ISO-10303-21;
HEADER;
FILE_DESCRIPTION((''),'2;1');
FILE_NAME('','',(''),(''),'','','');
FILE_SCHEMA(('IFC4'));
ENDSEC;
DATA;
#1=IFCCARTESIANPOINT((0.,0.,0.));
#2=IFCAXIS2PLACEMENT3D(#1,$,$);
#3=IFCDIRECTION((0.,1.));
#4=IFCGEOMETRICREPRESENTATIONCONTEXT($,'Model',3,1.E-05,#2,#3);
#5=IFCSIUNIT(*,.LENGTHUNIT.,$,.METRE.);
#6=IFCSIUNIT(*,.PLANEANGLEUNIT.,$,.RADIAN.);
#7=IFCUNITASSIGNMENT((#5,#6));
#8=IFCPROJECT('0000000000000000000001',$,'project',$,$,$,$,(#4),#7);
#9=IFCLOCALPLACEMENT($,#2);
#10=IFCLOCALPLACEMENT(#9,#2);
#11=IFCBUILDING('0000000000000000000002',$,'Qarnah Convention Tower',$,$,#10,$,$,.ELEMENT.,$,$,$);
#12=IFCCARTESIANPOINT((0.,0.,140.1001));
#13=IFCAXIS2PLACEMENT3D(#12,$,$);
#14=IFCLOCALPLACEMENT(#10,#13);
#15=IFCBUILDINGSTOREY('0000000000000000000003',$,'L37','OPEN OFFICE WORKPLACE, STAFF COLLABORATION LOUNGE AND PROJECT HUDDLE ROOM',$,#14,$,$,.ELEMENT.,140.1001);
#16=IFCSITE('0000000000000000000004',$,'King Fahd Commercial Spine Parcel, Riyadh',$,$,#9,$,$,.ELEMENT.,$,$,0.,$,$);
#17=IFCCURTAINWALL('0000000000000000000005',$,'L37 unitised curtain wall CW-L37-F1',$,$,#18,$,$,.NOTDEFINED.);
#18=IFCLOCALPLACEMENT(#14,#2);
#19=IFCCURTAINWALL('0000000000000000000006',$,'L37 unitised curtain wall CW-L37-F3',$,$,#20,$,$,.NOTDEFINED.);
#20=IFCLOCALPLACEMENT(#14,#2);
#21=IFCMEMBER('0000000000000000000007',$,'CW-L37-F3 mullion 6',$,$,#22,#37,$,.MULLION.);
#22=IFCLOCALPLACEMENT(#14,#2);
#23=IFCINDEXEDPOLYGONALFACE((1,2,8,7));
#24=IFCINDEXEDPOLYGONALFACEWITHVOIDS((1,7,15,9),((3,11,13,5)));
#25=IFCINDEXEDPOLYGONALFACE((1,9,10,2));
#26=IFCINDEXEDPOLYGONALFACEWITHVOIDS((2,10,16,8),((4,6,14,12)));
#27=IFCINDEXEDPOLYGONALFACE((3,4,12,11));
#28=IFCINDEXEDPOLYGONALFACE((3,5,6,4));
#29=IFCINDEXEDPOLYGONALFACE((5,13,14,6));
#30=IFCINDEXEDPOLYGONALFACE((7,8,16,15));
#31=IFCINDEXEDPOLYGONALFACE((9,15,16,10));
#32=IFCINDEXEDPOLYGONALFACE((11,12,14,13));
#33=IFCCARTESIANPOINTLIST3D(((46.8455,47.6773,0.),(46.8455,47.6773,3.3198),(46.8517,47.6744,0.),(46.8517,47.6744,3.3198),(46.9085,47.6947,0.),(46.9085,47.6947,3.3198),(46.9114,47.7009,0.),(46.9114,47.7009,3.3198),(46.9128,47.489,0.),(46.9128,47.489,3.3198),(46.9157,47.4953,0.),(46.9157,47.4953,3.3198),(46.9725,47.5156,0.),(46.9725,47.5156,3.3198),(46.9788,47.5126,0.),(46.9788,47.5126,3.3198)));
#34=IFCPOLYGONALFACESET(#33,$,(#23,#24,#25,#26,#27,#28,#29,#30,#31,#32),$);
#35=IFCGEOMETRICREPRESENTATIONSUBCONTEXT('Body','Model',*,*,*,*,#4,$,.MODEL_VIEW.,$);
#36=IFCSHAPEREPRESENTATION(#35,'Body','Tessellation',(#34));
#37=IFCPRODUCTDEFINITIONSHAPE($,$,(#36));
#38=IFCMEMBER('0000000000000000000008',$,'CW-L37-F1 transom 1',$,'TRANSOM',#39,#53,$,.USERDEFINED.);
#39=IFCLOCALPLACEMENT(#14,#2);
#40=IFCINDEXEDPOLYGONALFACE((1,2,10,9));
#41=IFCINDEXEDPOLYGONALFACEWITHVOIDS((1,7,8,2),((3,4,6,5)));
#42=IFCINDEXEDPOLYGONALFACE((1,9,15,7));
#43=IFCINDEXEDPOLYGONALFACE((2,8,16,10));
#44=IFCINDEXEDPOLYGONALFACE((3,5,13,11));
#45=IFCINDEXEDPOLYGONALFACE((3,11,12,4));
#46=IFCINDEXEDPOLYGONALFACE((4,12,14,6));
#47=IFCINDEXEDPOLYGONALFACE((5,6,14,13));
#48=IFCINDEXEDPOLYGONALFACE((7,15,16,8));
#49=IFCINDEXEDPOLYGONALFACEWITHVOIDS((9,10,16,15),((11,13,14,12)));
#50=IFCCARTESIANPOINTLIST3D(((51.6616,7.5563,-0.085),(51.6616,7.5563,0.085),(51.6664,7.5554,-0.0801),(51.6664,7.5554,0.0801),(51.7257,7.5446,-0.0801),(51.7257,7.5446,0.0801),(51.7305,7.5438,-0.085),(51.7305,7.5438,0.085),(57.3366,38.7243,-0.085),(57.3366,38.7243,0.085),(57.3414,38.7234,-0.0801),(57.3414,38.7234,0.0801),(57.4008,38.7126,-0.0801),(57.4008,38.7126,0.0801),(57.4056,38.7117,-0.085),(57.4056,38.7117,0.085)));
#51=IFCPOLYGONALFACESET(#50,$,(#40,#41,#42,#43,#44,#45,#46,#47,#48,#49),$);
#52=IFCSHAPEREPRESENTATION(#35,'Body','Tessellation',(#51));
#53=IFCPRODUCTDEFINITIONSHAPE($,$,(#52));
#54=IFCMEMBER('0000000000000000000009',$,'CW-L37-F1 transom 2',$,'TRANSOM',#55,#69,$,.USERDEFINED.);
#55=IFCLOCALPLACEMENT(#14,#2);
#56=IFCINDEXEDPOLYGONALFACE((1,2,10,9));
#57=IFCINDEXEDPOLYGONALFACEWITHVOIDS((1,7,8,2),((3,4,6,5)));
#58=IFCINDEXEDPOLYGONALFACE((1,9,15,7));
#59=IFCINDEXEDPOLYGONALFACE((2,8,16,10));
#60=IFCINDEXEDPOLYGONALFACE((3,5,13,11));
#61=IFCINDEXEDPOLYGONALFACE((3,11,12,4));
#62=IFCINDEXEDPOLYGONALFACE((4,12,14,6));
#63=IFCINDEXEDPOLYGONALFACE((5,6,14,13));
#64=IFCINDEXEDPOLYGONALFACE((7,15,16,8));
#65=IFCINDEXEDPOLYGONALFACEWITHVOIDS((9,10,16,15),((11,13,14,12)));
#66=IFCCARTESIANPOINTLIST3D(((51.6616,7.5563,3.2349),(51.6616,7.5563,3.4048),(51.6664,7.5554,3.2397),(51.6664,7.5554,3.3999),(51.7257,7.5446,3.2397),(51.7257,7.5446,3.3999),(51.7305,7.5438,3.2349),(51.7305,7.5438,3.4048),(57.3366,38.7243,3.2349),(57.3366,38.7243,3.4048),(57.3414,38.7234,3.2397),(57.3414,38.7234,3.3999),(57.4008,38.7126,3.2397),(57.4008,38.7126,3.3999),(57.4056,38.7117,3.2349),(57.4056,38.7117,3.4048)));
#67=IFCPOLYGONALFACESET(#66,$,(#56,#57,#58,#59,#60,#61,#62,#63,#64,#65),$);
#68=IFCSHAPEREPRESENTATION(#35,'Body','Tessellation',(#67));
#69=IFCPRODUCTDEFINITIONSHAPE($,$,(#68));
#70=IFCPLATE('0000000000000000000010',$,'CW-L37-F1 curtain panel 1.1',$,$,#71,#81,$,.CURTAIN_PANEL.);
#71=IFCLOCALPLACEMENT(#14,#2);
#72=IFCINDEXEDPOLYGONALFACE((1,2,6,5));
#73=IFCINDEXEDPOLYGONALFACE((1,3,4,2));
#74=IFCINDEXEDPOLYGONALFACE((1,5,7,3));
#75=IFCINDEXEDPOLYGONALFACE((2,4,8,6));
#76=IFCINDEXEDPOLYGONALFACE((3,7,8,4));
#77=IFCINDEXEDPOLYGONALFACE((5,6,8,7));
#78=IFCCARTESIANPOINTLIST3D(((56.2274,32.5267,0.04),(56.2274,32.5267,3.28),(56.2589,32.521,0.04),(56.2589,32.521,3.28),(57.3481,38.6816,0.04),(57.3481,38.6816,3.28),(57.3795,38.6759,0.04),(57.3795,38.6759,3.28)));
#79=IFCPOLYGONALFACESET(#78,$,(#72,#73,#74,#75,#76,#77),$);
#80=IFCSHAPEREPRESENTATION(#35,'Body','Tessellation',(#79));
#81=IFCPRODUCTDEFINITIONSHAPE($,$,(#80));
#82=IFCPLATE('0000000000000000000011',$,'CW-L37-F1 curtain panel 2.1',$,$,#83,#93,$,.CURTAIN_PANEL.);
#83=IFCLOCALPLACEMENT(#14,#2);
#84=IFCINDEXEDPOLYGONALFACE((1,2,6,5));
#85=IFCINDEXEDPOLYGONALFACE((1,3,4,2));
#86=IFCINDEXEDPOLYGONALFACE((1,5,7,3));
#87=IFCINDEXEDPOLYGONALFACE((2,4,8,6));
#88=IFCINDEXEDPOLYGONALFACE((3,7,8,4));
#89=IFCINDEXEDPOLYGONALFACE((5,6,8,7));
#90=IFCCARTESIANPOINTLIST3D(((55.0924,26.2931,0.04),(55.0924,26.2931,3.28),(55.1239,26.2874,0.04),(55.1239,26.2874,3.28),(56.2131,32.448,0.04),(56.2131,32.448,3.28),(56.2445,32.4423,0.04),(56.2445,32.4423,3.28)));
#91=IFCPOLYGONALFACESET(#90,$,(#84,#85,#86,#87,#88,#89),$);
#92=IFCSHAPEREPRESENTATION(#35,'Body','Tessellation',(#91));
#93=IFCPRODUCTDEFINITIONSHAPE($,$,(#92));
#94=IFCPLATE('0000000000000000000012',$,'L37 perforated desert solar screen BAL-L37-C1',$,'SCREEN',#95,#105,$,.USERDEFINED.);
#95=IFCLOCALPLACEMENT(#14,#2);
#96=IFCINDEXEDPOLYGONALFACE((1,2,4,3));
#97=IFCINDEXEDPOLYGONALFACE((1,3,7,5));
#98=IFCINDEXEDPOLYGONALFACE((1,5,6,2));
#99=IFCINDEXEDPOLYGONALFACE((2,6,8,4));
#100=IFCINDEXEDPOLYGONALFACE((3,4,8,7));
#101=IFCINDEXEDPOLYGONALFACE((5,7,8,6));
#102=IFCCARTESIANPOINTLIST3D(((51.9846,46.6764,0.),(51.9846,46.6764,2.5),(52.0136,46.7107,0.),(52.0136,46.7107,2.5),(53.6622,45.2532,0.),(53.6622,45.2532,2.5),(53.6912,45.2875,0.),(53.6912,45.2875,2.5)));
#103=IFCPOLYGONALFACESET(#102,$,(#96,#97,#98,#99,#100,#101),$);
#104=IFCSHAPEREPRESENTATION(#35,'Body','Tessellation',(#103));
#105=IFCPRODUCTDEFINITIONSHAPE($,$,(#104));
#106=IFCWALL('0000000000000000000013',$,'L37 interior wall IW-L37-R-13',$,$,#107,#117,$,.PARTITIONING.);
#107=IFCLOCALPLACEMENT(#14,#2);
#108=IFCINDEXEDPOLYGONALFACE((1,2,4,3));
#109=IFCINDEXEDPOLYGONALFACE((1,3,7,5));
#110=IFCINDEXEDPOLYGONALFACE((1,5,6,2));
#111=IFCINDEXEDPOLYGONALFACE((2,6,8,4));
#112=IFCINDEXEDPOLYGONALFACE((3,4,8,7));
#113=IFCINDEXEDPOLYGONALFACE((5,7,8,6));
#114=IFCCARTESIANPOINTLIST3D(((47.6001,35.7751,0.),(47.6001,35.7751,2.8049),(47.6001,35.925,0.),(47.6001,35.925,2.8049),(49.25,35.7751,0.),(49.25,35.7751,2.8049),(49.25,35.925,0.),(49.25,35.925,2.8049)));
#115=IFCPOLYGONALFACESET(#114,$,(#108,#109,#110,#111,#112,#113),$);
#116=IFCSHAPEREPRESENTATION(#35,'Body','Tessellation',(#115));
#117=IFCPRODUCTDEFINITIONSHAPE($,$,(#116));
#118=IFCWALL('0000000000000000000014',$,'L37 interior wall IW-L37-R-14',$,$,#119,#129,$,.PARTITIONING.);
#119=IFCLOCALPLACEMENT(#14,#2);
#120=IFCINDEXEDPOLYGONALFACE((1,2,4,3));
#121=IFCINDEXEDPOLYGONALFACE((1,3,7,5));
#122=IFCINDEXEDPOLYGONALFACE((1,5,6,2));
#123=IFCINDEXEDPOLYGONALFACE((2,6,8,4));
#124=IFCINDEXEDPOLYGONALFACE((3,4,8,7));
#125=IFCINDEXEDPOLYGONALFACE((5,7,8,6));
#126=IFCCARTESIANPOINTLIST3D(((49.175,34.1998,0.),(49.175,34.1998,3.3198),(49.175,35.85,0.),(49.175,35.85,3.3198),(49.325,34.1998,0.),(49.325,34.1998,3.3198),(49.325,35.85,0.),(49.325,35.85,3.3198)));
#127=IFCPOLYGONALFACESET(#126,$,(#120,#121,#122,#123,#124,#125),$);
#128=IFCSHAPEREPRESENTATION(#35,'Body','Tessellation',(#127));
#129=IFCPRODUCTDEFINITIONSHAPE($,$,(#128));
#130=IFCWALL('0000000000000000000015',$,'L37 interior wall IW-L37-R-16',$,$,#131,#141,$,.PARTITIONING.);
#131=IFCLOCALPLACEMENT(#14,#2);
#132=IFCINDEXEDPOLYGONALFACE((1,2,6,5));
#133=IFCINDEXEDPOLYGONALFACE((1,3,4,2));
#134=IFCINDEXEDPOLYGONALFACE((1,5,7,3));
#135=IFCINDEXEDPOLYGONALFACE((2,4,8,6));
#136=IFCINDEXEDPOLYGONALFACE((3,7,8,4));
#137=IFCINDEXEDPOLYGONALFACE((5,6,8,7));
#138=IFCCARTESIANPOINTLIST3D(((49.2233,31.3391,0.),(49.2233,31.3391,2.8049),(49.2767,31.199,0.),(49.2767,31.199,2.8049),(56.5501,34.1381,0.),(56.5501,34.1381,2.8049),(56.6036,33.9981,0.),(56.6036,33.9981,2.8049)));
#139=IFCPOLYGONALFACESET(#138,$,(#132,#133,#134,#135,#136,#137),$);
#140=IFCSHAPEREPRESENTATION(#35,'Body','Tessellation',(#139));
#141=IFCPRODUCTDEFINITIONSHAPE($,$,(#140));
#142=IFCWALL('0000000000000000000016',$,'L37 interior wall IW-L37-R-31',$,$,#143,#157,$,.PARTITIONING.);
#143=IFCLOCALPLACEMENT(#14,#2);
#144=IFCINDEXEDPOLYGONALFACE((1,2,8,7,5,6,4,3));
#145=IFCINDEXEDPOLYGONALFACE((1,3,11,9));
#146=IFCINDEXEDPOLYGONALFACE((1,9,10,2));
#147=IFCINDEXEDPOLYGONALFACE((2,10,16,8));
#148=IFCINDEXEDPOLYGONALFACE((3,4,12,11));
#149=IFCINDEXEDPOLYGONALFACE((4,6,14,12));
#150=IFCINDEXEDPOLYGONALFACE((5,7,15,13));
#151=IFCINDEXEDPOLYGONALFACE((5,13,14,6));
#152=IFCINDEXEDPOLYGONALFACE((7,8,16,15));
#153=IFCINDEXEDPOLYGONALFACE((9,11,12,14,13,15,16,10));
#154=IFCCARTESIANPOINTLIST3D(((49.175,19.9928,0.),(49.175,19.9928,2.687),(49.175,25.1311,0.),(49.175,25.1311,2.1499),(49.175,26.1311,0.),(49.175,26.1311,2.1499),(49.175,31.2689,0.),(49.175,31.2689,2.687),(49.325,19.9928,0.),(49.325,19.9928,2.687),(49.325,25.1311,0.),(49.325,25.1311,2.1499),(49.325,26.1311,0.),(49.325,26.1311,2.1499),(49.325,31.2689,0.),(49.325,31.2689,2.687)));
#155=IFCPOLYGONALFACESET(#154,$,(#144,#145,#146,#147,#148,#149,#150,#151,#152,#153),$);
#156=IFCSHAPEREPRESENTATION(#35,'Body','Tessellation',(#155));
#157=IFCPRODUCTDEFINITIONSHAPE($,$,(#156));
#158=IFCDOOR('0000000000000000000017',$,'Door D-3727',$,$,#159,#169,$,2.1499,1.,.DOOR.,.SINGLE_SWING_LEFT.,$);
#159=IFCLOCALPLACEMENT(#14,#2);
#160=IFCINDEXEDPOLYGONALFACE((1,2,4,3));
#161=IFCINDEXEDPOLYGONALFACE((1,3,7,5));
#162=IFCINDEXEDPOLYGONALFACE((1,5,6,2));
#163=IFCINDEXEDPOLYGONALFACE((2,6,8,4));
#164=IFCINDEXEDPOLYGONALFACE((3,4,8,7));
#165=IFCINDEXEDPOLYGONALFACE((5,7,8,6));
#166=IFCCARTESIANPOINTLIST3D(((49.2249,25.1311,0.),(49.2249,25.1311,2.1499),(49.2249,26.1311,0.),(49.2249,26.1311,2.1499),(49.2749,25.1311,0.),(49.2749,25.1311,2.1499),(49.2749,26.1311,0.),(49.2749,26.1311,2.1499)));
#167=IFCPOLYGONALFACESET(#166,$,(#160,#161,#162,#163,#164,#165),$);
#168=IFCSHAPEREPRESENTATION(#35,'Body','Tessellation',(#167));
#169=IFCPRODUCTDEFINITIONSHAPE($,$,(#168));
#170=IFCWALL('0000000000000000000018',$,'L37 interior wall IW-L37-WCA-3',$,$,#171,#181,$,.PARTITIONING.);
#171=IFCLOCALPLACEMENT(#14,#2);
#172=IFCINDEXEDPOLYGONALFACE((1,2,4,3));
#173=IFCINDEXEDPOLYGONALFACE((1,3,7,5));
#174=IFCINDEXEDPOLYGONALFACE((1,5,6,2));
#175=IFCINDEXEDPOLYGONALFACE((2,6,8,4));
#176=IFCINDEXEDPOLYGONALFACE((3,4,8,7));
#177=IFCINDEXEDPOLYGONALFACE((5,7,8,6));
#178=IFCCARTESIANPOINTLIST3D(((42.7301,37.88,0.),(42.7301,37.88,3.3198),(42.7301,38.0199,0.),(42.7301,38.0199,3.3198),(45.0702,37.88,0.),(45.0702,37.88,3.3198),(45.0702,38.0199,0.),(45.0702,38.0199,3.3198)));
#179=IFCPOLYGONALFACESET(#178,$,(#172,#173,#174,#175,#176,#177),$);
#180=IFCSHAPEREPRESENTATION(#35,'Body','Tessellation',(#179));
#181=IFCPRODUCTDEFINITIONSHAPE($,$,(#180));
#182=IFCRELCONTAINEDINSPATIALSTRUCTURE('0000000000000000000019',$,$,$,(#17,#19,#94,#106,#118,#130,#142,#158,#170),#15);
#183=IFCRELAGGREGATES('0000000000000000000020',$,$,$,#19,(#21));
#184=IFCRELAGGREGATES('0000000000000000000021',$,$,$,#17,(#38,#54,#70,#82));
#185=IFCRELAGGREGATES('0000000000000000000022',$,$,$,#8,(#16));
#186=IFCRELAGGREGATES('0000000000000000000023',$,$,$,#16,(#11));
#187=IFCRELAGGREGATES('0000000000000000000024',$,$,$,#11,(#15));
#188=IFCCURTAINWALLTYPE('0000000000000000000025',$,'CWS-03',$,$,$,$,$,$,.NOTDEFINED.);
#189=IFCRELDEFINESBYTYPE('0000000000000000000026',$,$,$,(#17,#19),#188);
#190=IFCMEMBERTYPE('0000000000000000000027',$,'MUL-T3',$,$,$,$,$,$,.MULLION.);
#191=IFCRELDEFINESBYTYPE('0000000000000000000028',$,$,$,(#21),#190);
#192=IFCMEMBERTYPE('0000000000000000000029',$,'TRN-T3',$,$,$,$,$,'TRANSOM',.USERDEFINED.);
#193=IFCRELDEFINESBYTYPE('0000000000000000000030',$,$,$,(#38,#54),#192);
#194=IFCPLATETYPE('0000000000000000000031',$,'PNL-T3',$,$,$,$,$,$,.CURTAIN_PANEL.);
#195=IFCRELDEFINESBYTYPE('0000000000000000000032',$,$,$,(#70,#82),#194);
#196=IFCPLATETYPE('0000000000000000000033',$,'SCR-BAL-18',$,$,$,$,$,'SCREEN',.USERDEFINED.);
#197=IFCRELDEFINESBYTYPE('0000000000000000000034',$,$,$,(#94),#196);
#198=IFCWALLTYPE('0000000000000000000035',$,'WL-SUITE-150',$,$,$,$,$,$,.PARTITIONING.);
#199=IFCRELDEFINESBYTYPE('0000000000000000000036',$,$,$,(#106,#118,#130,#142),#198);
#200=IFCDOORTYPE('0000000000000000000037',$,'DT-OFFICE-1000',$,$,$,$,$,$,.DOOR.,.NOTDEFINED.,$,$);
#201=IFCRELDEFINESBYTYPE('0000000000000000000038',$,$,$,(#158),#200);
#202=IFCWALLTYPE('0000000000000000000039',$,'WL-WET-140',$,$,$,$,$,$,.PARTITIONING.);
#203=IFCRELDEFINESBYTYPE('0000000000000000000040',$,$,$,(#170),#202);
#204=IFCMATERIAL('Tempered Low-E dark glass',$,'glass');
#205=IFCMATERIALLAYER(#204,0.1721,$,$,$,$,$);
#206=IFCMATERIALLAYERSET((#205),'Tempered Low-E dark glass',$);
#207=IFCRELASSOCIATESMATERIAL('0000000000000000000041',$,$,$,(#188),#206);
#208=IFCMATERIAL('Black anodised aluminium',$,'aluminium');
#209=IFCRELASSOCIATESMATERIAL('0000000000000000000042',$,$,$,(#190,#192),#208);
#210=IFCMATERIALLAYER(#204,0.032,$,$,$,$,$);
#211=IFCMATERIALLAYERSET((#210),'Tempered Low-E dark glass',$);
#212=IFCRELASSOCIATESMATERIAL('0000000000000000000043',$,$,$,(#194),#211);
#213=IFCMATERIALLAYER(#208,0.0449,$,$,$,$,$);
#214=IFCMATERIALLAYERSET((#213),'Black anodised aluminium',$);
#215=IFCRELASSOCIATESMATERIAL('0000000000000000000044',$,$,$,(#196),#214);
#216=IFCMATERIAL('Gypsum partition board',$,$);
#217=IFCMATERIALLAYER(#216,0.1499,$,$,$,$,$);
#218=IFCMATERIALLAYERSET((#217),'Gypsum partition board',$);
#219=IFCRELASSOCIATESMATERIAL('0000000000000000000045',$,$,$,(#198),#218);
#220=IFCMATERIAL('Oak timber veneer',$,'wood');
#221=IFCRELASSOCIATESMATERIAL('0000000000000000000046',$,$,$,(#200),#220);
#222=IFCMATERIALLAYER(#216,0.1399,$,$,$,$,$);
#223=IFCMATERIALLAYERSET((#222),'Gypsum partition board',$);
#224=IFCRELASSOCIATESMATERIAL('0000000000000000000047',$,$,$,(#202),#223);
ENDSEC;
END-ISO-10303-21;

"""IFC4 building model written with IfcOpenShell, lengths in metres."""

from ifc_helpers import new_model, si_unit, direction, frame, frame_2d, origin, origin_2d, place, context, subcontext, project, spatial, rectangle, hollow_rectangle, extrude, material, layer, layer_set, material_profile, profile_set, type_object, element, fill, aggregate, save


model = new_model("IFC4")

# Units and contexts
model_context = context("Model", 3, precision=1e-05, world=origin(), true_north=direction((0.0, 1.0)))
body_context = subcontext(model_context, "Body", "Model", "MODEL_VIEW")
ifc_project = project(units=[si_unit("LENGTHUNIT", "METRE"), si_unit("PLANEANGLEUNIT", "RADIAN")], contexts=[model_context])

# Site, building, storey
site_placement = place(None, origin())
site = spatial("IfcSite", under=ifc_project, at=site_placement, Name="King Fahd Commercial Spine Parcel, Riyadh", CompositionType="ELEMENT", RefElevation=0.0)
building_placement = place(site_placement, origin())
building = spatial("IfcBuilding", under=site, at=building_placement, Name="Qarnah Convention Tower", CompositionType="ELEMENT")
storey_placement = place(building_placement, frame((0.0, 0.0, 140.1001)))
storey = spatial("IfcBuildingStorey", under=building, at=storey_placement, Name="L37", Description="OPEN OFFICE WORKPLACE, STAFF COLLABORATION LOUNGE AND PROJECT HUDDLE ROOM", CompositionType="ELEMENT", Elevation=140.1001)

# Curtain wall
ifc_material_1 = material(Name="Tempered Low-E dark glass", Category="glass")
ifc_layer_1 = layer(ifc_material_1, 0.1721)
ifc_layer_set_1 = layer_set([ifc_layer_1], Name="Tempered Low-E dark glass")
curtain_wall_type = type_object("IfcCurtainWallType", Name="CWS-03", PredefinedType="NOTDEFINED", material=ifc_layer_set_1)
curtain_wall_1_placement = place(storey_placement, origin())
curtain_wall_1 = element("IfcCurtainWall", 1, at=curtain_wall_1_placement, inside=storey, type_object=curtain_wall_type, Name="L37 unitised curtain wall CW-L37-F1", PredefinedType="NOTDEFINED")
ifc_material_2 = material(Name="Black anodised aluminium", Category="aluminium")
ifc_material_profile_1 = material_profile(ifc_material_2, hollow_rectangle(XDim=0.0701, YDim=0.2, WallThickness=0.0049, at=origin_2d()), Name="MUL-70X200")
ifc_profile_set_1 = profile_set([ifc_material_profile_1], Name="Black anodised aluminium")
member_type_1 = type_object("IfcMemberType", Name="MUL-T3", PredefinedType="MULLION", material=ifc_profile_set_1)

# Curtain wall, member
curtain_wall_2_placement = place(storey_placement, origin())
curtain_wall_2 = element("IfcCurtainWall", 2, at=curtain_wall_2_placement, inside=storey, type_object=curtain_wall_type, Name="L37 unitised curtain wall CW-L37-F3", PredefinedType="NOTDEFINED")
member_1_placement = place(storey_placement, frame((46.9121, 47.595, 0.0), z_axis=(0.0, 0.0, 1.0), x_axis=(0.941578, 0.336796, 0.0)))
member_1 = element("IfcMember", 3, at=member_1_placement, type_object=member_type_1, Name="CW-L37-F3 mullion 6", PredefinedType="MULLION", context=body_context, shape_type="SweptSolid", body=[
    extrude(hollow_rectangle(XDim=0.0701, YDim=0.2, WallThickness=0.0049, at=origin_2d()), origin(), (0.0, 0.0, 1.0), 3.3198),
])
aggregate(curtain_wall_2, [member_1])

# Members
ifc_material_profile_2 = material_profile(ifc_material_2, hollow_rectangle(XDim=0.0701, YDim=0.1699, WallThickness=0.0049, at=origin_2d()), Name="TRN-70X170")
ifc_profile_set_2 = profile_set([ifc_material_profile_2], Name="Black anodised aluminium")
member_type_2 = type_object("IfcMemberType", Name="TRN-T3", ElementType="TRANSOM", PredefinedType="USERDEFINED", material=ifc_profile_set_2)
member_2_placement = place(storey_placement, frame((57.3711, 38.718, 0.0), z_axis=(-0.179134, -0.983825, 0.0), x_axis=(0.983825, -0.179134, 0.0)))
member_2 = element("IfcMember", 4, at=member_2_placement, type_object=member_type_2, Name="CW-L37-F1 transom 1", ObjectType="TRANSOM", PredefinedType="USERDEFINED", context=body_context, shape_type="SweptSolid", body=[
    extrude(hollow_rectangle(XDim=0.0701, YDim=0.1699, WallThickness=0.0049, at=origin_2d()), origin(), (0.0, 0.0, 1.0), 31.6804),
])
member_3_placement = place(storey_placement, frame((57.3711, 38.718, 3.3198), z_axis=(-0.179134, -0.983825, 0.0), x_axis=(0.983825, -0.179134, 0.0)))
member_3 = element("IfcMember", 5, at=member_3_placement, type_object=member_type_2, Name="CW-L37-F1 transom 2", ObjectType="TRANSOM", PredefinedType="USERDEFINED", context=body_context, shape_type="SweptSolid", body=[
    extrude(hollow_rectangle(XDim=0.0701, YDim=0.1699, WallThickness=0.0049, at=origin_2d()), origin(), (0.0, 0.0, 1.0), 31.6804),
])

# Plates
ifc_layer_2 = layer(ifc_material_1, 0.032)
ifc_layer_set_2 = layer_set([ifc_layer_2], Name="Tempered Low-E dark glass")
plate_type_1 = type_object("IfcPlateType", Name="PNL-T3", PredefinedType="CURTAIN_PANEL", material=ifc_layer_set_2)
plate_1_placement = place(storey_placement, frame((56.8035, 35.6013, 0.04), z_axis=(0.0, 0.0, 1.0), x_axis=(-0.179133, -0.983825, 0.0)))
plate_1 = element("IfcPlate", 6, at=plate_1_placement, type_object=plate_type_1, Name="CW-L37-F1 curtain panel 1.1", PredefinedType="CURTAIN_PANEL", context=body_context, shape_type="SweptSolid", body=[
    extrude(rectangle(XDim=6.2561, YDim=0.032, at=origin_2d()), origin(), (0.0, 0.0, 1.0), 3.24),
])
plate_2_placement = place(storey_placement, frame((55.6685, 29.3677, 0.04), z_axis=(0.0, 0.0, 1.0), x_axis=(-0.179133, -0.983825, 0.0)))
plate_2 = element("IfcPlate", 7, at=plate_2_placement, type_object=plate_type_1, Name="CW-L37-F1 curtain panel 2.1", PredefinedType="CURTAIN_PANEL", context=body_context, shape_type="SweptSolid", body=[
    extrude(rectangle(XDim=6.2561, YDim=0.032, at=origin_2d()), origin(), (0.0, 0.0, 1.0), 3.24),
])
aggregate(curtain_wall_1, [member_2, member_3, plate_1, plate_2])
ifc_layer_3 = layer(ifc_material_2, 0.0449)
ifc_layer_set_3 = layer_set([ifc_layer_3], Name="Black anodised aluminium")
plate_type_2 = type_object("IfcPlateType", Name="SCR-BAL-18", ElementType="SCREEN", PredefinedType="USERDEFINED", material=ifc_layer_set_3)
plate_3_placement = place(storey_placement, frame((52.8379, 45.9819, 0.0), z_axis=(0.0, 0.0, 1.0), x_axis=(0.762561, -0.646916, 0.0)))
element("IfcPlate", 8, at=plate_3_placement, inside=storey, type_object=plate_type_2, Name="L37 perforated desert solar screen BAL-L37-C1", ObjectType="SCREEN", PredefinedType="USERDEFINED", context=body_context, shape_type="SweptSolid", body=[
    extrude(rectangle(XDim=2.2, YDim=0.0449, at=origin_2d()), origin(), (0.0, 0.0, 1.0), 2.5),
])

# Walls
ifc_material_3 = material(Name="Gypsum partition board")
ifc_layer_4 = layer(ifc_material_3, 0.1499)
ifc_layer_set_4 = layer_set([ifc_layer_4], Name="Gypsum partition board")
wall_type_1 = type_object("IfcWallType", Name="WL-SUITE-150", PredefinedType="PARTITIONING", material=ifc_layer_set_4)
wall_1_placement = place(storey_placement, frame((47.6001, 35.8501, 0.0), z_axis=(0.0, 0.0, 1.0), x_axis=(1.0, 0.0, 0.0)))
element("IfcWall", 9, at=wall_1_placement, inside=storey, type_object=wall_type_1, Name="L37 interior wall IW-L37-R-13", PredefinedType="PARTITIONING", context=body_context, shape_type="SweptSolid", body=[
    extrude(rectangle(XDim=1.6499, YDim=0.1499, at=frame_2d((0.825, 0.0))), origin(), (0.0, 0.0, 1.0), 2.8049),
])
wall_2_placement = place(storey_placement, frame((49.25, 35.8501, 0.0), z_axis=(0.0, 0.0, 1.0), x_axis=(0.0, -1.0, 0.0)))
element("IfcWall", 10, at=wall_2_placement, inside=storey, type_object=wall_type_1, Name="L37 interior wall IW-L37-R-14", PredefinedType="PARTITIONING", context=body_context, shape_type="SweptSolid", body=[
    extrude(rectangle(XDim=1.6501, YDim=0.1499, at=frame_2d((0.8252, 0.0))), origin(), (0.0, 0.0, 1.0), 3.3198),
])

# Shared definitions
ifc_material_4 = material(Name="Oak timber veneer", Category="wood")
door_type_1 = type_object("IfcDoorType", Name="DT-OFFICE-1000", OperationType="NOTDEFINED", PredefinedType="DOOR", material=ifc_material_4)

# Wall
wall_3_placement = place(storey_placement, frame((49.25, 31.269, 0.0), z_axis=(0.0, 0.0, 1.0), x_axis=(0.934153, 0.356871, 0.0)))
element("IfcWall", 11, at=wall_3_placement, inside=storey, type_object=wall_type_1, Name="L37 interior wall IW-L37-R-16", PredefinedType="PARTITIONING", context=body_context, shape_type="SweptSolid", body=[
    extrude(rectangle(XDim=7.8433, YDim=0.1499, at=frame_2d((3.9216, 0.0))), origin(), (0.0, 0.0, 1.0), 2.8049),
])

# Wall, opening, door
wall_4_placement = place(storey_placement, frame((49.25, 31.269, 0.0), z_axis=(0.0, 0.0, 1.0), x_axis=(0.0, -1.0, 0.0)))
wall_4 = element("IfcWall", 12, at=wall_4_placement, inside=storey, type_object=wall_type_1, Name="L37 interior wall IW-L37-R-31", PredefinedType="PARTITIONING", context=body_context, shape_type="SweptSolid", body=[
    extrude(rectangle(XDim=11.2761, YDim=0.1499, at=frame_2d((5.6382, 0.0))), origin(), (0.0, 0.0, 1.0), 2.687),
])
opening_1_placement = place(wall_4_placement, frame((5.1379, 0.0, 0.0)))
opening_1 = element("IfcOpeningElement", 13, at=opening_1_placement, cuts=wall_4, PredefinedType="OPENING", context=body_context, shape_type="SweptSolid", body=[
    extrude(rectangle(XDim=1.0, YDim=2.1499, at=frame_2d((0.5, 1.075))), frame((0.0, 0.085, 0.0), z_axis=(0.0, -1.0, 0.0), x_axis=(1.0, 0.0, 0.0)), (0.0, 0.0, 1.0), 0.1699),
])
door_1_placement = place(opening_1_placement, origin())
door_1 = element("IfcDoor", 14, at=door_1_placement, inside=storey, type_object=door_type_1, Name="Door D-3727", OperationType="SINGLE_SWING_LEFT", OverallHeight=2.1499, OverallWidth=1.0, PredefinedType="DOOR", context=body_context, shape_type="SweptSolid", body=[
    extrude(rectangle(XDim=1.0, YDim=2.1499, at=frame_2d((0.5, 1.075))), frame((0.0, 0.0249, 0.0), z_axis=(0.0, -1.0, 0.0), x_axis=(1.0, 0.0, 0.0)), (0.0, 0.0, 1.0), 0.05),
])
fill(opening_1, door_1)

# Wall
ifc_layer_5 = layer(ifc_material_3, 0.1399)
ifc_layer_set_5 = layer_set([ifc_layer_5], Name="Gypsum partition board")
wall_type_2 = type_object("IfcWallType", Name="WL-WET-140", PredefinedType="PARTITIONING", material=ifc_layer_set_5)
wall_5_placement = place(storey_placement, frame((45.0701, 37.95, 0.0), z_axis=(0.0, 0.0, 1.0), x_axis=(-1.0, 0.0, 0.0)))
element("IfcWall", 15, at=wall_5_placement, inside=storey, type_object=wall_type_2, Name="L37 interior wall IW-L37-WCA-3", PredefinedType="PARTITIONING", context=body_context, shape_type="SweptSolid", body=[
    extrude(rectangle(XDim=2.3401, YDim=0.1399, at=frame_2d((1.1699, 0.0))), origin(), (0.0, 0.0, 1.0), 3.3198),
])

save(model, "model.ifc")
